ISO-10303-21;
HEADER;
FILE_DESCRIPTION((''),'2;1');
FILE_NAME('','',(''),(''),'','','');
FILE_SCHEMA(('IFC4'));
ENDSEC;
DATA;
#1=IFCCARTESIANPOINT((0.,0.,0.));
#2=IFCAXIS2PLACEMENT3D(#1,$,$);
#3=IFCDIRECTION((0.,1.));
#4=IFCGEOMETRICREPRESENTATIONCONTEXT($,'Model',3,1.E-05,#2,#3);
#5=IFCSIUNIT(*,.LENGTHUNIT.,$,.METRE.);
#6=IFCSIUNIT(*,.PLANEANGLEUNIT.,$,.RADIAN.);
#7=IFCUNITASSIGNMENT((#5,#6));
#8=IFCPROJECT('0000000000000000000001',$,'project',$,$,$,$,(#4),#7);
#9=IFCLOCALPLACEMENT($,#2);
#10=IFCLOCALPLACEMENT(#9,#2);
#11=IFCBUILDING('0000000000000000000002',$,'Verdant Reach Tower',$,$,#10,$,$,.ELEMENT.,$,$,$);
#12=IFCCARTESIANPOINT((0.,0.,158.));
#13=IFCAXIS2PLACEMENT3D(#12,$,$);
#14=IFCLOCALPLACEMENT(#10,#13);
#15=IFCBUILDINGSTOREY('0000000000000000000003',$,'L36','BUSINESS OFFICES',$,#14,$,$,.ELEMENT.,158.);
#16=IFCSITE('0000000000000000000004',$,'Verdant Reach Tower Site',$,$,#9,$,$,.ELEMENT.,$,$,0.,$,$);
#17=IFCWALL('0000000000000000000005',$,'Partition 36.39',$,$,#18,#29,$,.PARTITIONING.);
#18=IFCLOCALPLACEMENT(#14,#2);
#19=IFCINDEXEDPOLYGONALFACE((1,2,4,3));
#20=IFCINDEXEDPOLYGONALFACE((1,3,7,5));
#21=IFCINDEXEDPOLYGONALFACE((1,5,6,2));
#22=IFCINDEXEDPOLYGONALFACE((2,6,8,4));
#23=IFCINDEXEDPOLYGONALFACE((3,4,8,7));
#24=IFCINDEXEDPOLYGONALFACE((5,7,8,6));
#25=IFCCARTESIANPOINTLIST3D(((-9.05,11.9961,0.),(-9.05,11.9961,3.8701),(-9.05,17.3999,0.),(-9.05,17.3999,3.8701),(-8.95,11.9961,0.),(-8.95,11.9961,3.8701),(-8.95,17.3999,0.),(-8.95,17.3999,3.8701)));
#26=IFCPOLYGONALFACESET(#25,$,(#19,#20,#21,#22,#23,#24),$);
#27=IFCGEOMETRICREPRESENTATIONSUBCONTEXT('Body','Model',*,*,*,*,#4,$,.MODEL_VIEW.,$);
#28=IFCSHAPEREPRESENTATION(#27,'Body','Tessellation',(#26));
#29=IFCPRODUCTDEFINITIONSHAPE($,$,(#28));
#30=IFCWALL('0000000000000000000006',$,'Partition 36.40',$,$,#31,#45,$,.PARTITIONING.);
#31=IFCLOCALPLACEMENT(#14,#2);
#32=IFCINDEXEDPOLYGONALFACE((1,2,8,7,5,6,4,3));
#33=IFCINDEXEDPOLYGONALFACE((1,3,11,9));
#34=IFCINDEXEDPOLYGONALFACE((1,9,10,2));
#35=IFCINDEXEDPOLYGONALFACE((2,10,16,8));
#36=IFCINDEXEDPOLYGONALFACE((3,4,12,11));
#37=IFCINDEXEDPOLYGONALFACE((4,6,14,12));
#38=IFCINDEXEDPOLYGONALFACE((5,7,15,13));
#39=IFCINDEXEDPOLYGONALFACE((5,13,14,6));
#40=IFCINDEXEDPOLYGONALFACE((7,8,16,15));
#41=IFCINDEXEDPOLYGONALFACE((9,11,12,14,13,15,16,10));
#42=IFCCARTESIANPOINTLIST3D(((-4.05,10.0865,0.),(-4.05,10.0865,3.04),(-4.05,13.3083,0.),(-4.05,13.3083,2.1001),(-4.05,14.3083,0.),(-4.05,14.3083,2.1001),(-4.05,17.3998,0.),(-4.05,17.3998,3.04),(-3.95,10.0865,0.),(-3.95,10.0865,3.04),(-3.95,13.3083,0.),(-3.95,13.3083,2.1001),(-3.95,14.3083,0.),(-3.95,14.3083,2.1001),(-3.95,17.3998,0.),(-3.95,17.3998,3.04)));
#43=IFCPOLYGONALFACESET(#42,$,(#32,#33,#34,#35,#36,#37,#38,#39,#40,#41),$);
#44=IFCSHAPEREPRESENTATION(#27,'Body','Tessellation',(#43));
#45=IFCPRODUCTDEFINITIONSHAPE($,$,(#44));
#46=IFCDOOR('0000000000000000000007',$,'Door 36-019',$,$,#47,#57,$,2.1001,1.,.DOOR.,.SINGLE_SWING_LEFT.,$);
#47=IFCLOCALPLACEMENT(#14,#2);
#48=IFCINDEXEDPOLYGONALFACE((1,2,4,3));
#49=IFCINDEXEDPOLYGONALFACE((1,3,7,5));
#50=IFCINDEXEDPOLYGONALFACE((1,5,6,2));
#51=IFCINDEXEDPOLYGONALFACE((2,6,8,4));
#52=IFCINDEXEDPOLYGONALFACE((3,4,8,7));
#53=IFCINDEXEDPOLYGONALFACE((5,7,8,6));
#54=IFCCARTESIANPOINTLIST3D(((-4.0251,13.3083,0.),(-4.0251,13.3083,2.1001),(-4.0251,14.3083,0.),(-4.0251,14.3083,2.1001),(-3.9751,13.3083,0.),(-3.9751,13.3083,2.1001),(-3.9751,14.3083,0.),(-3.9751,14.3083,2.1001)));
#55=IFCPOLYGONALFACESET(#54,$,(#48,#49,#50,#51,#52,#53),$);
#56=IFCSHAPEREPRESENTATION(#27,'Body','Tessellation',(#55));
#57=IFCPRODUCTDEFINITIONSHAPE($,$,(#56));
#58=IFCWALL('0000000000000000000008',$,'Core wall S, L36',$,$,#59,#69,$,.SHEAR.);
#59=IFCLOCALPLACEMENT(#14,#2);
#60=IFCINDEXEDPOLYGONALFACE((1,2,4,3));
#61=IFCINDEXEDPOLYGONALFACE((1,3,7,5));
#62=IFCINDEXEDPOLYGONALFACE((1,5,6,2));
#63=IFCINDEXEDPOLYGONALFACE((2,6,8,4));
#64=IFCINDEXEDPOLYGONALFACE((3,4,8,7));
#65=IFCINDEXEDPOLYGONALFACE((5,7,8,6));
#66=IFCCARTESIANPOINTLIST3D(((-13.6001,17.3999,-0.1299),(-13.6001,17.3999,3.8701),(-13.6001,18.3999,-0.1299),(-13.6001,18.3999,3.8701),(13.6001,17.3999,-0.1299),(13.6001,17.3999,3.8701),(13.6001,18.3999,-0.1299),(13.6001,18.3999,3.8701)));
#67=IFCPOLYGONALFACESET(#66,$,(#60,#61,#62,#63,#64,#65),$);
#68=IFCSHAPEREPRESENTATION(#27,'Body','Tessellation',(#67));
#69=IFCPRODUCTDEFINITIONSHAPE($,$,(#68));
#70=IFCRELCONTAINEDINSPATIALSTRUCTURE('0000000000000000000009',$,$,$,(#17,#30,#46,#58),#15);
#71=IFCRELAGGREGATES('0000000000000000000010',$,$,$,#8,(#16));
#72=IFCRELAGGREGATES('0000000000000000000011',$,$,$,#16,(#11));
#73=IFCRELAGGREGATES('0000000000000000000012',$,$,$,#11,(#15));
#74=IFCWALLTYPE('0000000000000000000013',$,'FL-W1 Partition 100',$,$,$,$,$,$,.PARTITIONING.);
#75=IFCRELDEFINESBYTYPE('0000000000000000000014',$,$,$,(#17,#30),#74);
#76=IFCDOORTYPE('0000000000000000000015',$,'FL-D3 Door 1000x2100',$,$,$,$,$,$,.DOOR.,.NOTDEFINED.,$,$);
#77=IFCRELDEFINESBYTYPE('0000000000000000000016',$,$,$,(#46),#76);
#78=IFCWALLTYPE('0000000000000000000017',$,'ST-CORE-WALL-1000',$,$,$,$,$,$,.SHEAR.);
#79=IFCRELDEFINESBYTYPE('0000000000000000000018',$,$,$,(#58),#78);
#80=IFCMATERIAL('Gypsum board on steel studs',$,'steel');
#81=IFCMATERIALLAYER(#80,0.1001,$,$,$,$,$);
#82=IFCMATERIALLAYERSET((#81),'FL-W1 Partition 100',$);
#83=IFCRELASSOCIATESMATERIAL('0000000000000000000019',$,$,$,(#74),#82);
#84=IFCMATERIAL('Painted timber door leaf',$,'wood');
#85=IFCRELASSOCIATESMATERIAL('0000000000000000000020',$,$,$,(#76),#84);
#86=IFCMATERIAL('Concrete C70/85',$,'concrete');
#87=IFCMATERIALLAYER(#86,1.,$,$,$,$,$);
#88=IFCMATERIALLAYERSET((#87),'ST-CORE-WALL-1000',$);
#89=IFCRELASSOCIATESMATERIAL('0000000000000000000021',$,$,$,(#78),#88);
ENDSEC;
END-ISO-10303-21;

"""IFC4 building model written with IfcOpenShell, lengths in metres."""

from ifc_helpers import new_model, si_unit, direction, frame, frame_2d, origin, place, context, subcontext, project, spatial, rectangle, extrude, material, layer, layer_set, type_object, element, fill, save


model = new_model("IFC4")

# Units and contexts
model_context = context("Model", 3, precision=1e-05, world=origin(), true_north=direction((0.0, 1.0)))
body_context = subcontext(model_context, "Body", "Model", "MODEL_VIEW")
ifc_project = project(units=[si_unit("LENGTHUNIT", "METRE"), si_unit("PLANEANGLEUNIT", "RADIAN")], contexts=[model_context])

# Site, building, storey
site_placement = place(None, origin())
site = spatial("IfcSite", under=ifc_project, at=site_placement, Name="Verdant Reach Tower Site", CompositionType="ELEMENT", RefElevation=0.0)
building_placement = place(site_placement, origin())
building = spatial("IfcBuilding", under=site, at=building_placement, Name="Verdant Reach Tower", CompositionType="ELEMENT")
storey_placement = place(building_placement, frame((0.0, 0.0, 158.0)))
storey = spatial("IfcBuildingStorey", under=building, at=storey_placement, Name="L36", Description="BUSINESS OFFICES", CompositionType="ELEMENT", Elevation=158.0)

# Shared definitions
ifc_material_1 = material(Name="Gypsum board on steel studs", Category="steel")
ifc_layer_1 = layer(ifc_material_1, 0.1001)
ifc_layer_set_1 = layer_set([ifc_layer_1], Name="FL-W1 Partition 100")
wall_type_1 = type_object("IfcWallType", Name="FL-W1 Partition 100", PredefinedType="PARTITIONING", material=ifc_layer_set_1)
ifc_material_2 = material(Name="Painted timber door leaf", Category="wood")
door_type = type_object("IfcDoorType", Name="FL-D3 Door 1000x2100", OperationType="NOTDEFINED", PredefinedType="DOOR", material=ifc_material_2)

# Wall
wall_1_placement = place(storey_placement, frame((-9.0, 11.9961, 0.0), z_axis=(0.0, 0.0, 1.0), x_axis=(0.0, 1.0, 0.0)))
element("IfcWall", 1, at=wall_1_placement, inside=storey, type_object=wall_type_1, Name="Partition 36.39", PredefinedType="PARTITIONING", context=body_context, shape_type="SweptSolid", body=[
    extrude(rectangle(XDim=5.4038, YDim=0.1001, at=frame_2d((2.7019, 0.0))), origin(), (0.0, 0.0, 1.0), 3.8701),
])

# Wall, opening, door
wall_2_placement = place(storey_placement, frame((-4.0, 17.3999, 0.0), z_axis=(0.0, 0.0, 1.0), x_axis=(0.0, -1.0, 0.0)))
wall_2 = element("IfcWall", 2, at=wall_2_placement, inside=storey, type_object=wall_type_1, Name="Partition 36.40", PredefinedType="PARTITIONING", context=body_context, shape_type="SweptSolid", body=[
    extrude(rectangle(XDim=7.3132, YDim=0.1001, at=frame_2d((3.6567, 0.0))), origin(), (0.0, 0.0, 1.0), 3.04),
])
opening_1_placement = place(wall_2_placement, frame((3.0916, 0.0, 0.0)))
opening_1 = element("IfcOpeningElement", 3, at=opening_1_placement, cuts=wall_2, PredefinedType="OPENING", context=body_context, shape_type="SweptSolid", body=[
    extrude(rectangle(XDim=1.0, YDim=2.1001, at=frame_2d((0.5, 1.05))), frame((0.0, 0.0601, 0.0), z_axis=(0.0, -1.0, 0.0), x_axis=(1.0, 0.0, 0.0)), (0.0, 0.0, 1.0), 0.1201),
])
door_1_placement = place(opening_1_placement, origin())
door_1 = element("IfcDoor", 4, at=door_1_placement, inside=storey, type_object=door_type, Name="Door 36-019", OperationType="SINGLE_SWING_LEFT", OverallHeight=2.1001, OverallWidth=1.0, PredefinedType="DOOR", context=body_context, shape_type="SweptSolid", body=[
    extrude(rectangle(XDim=1.0, YDim=2.1001, at=frame_2d((0.5, 1.05))), frame((0.0, 0.0249, 0.0), z_axis=(0.0, -1.0, 0.0), x_axis=(1.0, 0.0, 0.0)), (0.0, 0.0, 1.0), 0.05),
])
fill(opening_1, door_1)

# Wall
ifc_material_3 = material(Name="Concrete C70/85", Category="concrete")
ifc_layer_2 = layer(ifc_material_3, 1.0)
ifc_layer_set_2 = layer_set([ifc_layer_2], Name="ST-CORE-WALL-1000")
wall_type_2 = type_object("IfcWallType", Name="ST-CORE-WALL-1000", PredefinedType="SHEAR", material=ifc_layer_set_2)
wall_3_placement = place(storey_placement, frame((-13.6001, 17.8999, -0.1299), z_axis=(0.0, 0.0, 1.0), x_axis=(1.0, 0.0, 0.0)))
element("IfcWall", 5, at=wall_3_placement, inside=storey, type_object=wall_type_2, Name="Core wall S, L36", PredefinedType="SHEAR", context=body_context, shape_type="SweptSolid", body=[
    extrude(rectangle(XDim=27.2002, YDim=1.0, at=frame_2d((13.6001, 0.0))), origin(), (0.0, 0.0, 1.0), 4.0),
])

save(model, "model.ifc")
